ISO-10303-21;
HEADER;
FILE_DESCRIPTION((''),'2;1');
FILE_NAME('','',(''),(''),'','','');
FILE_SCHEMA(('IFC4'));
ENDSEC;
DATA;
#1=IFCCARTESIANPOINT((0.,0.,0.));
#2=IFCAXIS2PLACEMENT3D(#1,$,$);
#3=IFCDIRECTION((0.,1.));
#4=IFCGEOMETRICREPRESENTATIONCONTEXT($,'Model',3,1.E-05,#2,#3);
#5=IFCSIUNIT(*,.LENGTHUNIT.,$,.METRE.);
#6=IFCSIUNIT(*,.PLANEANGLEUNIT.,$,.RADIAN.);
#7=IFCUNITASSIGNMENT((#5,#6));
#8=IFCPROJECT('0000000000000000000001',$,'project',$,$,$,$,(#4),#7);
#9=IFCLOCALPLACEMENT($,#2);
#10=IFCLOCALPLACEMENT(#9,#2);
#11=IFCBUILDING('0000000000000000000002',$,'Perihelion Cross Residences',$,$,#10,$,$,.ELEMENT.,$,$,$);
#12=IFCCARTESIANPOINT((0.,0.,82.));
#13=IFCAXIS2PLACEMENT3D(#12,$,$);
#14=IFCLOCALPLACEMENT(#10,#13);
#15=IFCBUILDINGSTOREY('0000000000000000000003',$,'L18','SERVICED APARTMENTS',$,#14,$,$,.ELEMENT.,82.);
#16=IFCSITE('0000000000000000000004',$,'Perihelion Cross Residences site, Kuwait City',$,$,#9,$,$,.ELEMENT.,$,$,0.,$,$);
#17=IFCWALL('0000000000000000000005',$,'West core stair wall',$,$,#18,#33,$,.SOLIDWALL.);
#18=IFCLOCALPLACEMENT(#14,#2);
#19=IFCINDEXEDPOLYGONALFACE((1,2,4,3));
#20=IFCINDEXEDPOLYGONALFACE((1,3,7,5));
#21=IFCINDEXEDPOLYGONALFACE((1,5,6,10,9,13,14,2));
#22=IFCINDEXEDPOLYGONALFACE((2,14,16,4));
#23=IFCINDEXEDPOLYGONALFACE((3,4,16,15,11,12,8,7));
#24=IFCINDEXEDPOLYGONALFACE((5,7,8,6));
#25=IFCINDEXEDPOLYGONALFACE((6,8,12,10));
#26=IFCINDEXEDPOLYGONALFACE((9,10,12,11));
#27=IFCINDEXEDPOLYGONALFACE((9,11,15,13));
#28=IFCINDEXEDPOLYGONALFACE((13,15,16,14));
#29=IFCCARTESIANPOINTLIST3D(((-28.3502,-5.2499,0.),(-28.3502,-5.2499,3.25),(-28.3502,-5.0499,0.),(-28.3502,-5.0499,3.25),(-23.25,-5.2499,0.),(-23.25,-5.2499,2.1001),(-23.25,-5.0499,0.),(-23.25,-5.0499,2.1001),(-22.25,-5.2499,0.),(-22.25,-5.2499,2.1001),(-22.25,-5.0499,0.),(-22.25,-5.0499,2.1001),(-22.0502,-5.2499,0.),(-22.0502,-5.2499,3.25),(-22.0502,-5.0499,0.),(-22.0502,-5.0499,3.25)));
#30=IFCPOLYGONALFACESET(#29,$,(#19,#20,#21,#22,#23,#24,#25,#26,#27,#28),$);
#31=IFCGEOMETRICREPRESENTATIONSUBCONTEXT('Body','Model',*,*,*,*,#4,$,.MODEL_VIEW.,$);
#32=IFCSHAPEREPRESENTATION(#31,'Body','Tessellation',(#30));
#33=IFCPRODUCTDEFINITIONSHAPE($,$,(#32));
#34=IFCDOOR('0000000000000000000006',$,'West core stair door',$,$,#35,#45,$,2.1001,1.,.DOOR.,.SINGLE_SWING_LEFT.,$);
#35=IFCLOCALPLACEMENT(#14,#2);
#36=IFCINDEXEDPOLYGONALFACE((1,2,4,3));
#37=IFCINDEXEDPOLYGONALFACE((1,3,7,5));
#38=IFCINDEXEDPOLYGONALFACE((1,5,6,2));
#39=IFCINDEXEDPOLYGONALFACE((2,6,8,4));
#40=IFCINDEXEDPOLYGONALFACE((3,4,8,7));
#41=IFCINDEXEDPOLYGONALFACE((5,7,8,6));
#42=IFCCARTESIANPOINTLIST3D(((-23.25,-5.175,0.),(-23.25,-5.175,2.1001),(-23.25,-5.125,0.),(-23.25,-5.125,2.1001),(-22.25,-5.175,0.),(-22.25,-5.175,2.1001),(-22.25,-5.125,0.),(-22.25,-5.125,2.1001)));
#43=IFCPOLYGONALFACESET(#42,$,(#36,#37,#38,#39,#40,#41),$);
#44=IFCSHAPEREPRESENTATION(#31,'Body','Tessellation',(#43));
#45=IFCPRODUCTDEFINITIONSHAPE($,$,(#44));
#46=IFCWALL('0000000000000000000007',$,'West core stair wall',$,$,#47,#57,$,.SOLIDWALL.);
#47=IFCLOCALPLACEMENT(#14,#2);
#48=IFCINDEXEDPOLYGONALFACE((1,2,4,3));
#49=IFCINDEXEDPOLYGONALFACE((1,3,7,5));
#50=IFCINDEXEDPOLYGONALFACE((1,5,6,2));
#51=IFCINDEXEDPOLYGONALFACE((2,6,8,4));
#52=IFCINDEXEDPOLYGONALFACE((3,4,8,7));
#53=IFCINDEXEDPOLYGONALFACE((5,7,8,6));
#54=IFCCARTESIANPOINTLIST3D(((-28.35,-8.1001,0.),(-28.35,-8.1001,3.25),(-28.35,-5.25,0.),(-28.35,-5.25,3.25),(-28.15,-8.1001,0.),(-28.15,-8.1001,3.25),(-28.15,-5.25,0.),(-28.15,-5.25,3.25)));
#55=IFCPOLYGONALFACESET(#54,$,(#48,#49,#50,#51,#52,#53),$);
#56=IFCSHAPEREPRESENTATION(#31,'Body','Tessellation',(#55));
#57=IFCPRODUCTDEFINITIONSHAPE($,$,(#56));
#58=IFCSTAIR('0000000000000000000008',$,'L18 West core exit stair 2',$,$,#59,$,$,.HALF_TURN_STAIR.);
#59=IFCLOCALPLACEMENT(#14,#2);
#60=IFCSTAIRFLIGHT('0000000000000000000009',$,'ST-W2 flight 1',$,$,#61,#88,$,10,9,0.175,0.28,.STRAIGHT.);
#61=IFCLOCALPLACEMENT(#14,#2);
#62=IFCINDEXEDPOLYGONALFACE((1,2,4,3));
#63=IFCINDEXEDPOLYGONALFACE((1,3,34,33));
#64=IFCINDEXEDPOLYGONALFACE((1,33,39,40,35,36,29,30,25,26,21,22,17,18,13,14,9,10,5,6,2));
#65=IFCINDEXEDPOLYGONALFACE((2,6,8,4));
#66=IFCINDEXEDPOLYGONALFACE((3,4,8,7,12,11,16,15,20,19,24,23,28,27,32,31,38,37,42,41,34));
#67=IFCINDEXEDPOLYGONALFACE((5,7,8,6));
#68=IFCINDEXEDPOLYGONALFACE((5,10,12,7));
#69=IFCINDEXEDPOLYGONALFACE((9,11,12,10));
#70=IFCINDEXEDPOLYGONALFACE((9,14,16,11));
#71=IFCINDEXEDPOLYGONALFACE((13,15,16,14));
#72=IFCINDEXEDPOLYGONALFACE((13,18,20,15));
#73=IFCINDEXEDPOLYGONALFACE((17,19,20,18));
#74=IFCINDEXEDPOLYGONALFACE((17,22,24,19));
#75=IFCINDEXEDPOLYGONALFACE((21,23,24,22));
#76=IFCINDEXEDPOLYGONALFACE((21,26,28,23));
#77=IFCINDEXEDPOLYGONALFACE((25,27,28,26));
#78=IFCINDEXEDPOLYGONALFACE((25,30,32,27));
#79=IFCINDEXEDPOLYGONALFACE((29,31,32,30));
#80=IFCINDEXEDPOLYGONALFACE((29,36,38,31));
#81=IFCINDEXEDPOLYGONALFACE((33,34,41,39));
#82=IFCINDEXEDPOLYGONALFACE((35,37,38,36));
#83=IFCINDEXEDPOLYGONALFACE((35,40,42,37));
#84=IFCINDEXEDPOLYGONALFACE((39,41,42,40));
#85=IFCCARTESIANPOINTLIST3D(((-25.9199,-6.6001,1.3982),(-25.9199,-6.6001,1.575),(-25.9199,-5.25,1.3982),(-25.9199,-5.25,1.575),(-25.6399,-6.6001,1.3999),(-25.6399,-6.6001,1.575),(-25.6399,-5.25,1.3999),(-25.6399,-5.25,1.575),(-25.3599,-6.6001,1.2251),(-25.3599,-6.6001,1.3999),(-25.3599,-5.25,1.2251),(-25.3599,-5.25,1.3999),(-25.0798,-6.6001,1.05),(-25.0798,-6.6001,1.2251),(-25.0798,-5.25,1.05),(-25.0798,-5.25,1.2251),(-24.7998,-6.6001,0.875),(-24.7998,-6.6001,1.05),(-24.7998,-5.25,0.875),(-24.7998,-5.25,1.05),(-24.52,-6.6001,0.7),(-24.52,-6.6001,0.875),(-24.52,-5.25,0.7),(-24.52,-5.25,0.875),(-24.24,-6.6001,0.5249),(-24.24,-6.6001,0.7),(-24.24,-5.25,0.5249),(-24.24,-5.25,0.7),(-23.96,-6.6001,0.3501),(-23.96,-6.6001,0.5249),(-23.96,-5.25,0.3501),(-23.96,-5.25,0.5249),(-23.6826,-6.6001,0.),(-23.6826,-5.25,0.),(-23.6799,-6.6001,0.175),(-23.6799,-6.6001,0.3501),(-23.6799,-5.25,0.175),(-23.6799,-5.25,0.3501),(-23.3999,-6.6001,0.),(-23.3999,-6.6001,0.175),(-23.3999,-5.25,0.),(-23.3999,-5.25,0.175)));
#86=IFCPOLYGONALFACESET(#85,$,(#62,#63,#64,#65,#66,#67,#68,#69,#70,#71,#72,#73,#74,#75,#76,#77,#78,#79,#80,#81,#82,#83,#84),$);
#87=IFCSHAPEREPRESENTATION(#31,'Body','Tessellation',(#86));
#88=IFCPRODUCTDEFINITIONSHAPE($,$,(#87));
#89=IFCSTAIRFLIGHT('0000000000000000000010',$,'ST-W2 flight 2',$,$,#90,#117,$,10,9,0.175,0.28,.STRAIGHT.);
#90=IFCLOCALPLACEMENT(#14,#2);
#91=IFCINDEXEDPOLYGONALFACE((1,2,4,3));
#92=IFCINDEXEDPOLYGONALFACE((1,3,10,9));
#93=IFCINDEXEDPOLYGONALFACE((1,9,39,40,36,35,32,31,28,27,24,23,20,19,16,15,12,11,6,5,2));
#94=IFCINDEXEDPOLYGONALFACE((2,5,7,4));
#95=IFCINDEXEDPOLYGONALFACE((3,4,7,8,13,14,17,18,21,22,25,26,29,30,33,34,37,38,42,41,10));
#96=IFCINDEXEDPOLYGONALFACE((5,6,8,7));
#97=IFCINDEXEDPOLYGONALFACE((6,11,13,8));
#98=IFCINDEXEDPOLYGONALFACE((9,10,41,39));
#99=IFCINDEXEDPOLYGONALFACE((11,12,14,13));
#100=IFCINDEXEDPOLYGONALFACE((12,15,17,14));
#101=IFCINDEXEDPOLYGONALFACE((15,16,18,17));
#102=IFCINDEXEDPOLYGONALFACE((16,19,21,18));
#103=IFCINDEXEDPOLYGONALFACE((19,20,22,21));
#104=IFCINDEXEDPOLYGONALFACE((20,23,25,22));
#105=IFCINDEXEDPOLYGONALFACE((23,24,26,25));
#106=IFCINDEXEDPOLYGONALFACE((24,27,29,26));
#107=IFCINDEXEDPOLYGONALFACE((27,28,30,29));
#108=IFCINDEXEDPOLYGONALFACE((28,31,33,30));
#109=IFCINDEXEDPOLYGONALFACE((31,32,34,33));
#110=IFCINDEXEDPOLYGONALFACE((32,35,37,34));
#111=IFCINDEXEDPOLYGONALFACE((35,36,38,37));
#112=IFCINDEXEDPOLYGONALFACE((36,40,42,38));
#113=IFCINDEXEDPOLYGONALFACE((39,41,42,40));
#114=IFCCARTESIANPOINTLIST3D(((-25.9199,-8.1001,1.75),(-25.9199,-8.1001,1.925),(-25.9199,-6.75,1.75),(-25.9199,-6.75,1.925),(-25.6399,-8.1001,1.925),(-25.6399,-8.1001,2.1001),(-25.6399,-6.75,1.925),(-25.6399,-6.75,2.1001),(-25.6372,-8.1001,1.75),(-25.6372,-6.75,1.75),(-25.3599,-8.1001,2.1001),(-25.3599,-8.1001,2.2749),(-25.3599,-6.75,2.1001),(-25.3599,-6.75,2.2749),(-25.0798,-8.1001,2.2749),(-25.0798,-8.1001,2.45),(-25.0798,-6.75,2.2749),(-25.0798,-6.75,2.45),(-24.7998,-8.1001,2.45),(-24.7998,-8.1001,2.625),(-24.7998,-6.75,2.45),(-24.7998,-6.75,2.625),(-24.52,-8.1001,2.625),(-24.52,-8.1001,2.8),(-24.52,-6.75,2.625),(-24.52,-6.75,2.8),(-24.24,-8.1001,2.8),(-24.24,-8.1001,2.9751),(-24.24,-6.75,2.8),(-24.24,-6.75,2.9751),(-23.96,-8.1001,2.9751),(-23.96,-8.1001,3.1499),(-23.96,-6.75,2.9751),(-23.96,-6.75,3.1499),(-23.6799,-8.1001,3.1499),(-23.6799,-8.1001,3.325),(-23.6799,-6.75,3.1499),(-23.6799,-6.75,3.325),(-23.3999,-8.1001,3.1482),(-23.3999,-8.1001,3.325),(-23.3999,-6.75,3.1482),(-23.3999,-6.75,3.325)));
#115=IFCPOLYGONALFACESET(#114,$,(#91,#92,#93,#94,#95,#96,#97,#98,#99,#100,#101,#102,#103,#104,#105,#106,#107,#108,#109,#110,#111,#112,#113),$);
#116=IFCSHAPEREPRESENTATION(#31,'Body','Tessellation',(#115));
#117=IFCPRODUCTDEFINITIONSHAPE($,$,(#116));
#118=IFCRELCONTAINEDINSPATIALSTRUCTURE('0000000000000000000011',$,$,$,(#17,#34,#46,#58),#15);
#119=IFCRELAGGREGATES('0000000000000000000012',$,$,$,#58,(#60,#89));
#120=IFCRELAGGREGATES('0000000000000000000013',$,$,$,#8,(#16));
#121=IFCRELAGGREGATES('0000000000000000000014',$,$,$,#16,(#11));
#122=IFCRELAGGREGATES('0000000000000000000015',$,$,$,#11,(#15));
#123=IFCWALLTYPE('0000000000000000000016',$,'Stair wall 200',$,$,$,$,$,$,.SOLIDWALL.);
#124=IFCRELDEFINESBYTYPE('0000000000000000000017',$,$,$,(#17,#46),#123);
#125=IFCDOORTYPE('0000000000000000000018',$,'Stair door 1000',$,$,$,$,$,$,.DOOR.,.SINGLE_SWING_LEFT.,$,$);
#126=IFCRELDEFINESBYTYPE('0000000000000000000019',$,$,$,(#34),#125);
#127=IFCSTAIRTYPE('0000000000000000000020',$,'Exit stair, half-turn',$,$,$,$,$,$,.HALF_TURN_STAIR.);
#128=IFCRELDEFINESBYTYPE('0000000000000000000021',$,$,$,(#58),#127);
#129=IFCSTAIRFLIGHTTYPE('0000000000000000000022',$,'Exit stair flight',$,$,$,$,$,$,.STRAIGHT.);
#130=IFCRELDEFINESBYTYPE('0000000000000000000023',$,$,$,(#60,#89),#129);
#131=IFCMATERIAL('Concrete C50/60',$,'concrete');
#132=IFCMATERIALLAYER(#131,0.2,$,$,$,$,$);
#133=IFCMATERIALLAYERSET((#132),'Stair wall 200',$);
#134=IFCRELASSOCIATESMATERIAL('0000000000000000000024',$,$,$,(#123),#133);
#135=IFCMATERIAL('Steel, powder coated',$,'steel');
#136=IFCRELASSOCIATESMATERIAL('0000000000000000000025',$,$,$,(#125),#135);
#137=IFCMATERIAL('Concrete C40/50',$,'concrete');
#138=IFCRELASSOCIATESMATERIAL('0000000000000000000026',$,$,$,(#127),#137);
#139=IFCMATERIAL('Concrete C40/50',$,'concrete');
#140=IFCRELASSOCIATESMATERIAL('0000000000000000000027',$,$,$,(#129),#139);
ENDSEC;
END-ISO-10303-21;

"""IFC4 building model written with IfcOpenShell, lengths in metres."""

from ifc_helpers import new_model, si_unit, direction, frame, frame_2d, origin, place, context, subcontext, project, spatial, polyline, rectangle, outline, extrude, material, layer, layer_set, type_object, element, fill, aggregate, save


model = new_model("IFC4")

# Units and contexts
model_context = context("Model", 3, precision=1e-05, world=origin(), true_north=direction((0.0, 1.0)))
body_context = subcontext(model_context, "Body", "Model", "MODEL_VIEW")
ifc_project = project(units=[si_unit("LENGTHUNIT", "METRE"), si_unit("PLANEANGLEUNIT", "RADIAN")], contexts=[model_context])

# Site, building, storey
site_placement = place(None, origin())
site = spatial("IfcSite", under=ifc_project, at=site_placement, Name="Perihelion Cross Residences site, Kuwait City", CompositionType="ELEMENT", RefElevation=0.0)
building_placement = place(site_placement, origin())
building = spatial("IfcBuilding", under=site, at=building_placement, Name="Perihelion Cross Residences", CompositionType="ELEMENT")
storey_placement = place(building_placement, frame((0.0, 0.0, 82.0)))
storey = spatial("IfcBuildingStorey", under=building, at=storey_placement, Name="L18", Description="SERVICED APARTMENTS", CompositionType="ELEMENT", Elevation=82.0)

# Wall, opening, door
ifc_material_1 = material(Name="Concrete C50/60", Category="concrete")
ifc_layer_1 = layer(ifc_material_1, 0.2)
ifc_layer_set_1 = layer_set([ifc_layer_1], Name="Stair wall 200")
wall_type_1 = type_object("IfcWallType", Name="Stair wall 200", PredefinedType="SOLIDWALL", material=ifc_layer_set_1)
wall_1_placement = place(storey_placement, frame((-28.3501, -5.1499, 0.0), z_axis=(0.0, 0.0, 1.0), x_axis=(1.0, 0.0, 0.0)))
wall_1 = element("IfcWall", 1, at=wall_1_placement, inside=storey, type_object=wall_type_1, Name="West core stair wall", PredefinedType="SOLIDWALL", context=body_context, shape_type="SweptSolid", body=[
    extrude(rectangle(XDim=6.3, YDim=0.2, at=frame_2d((3.1499, 0.0))), origin(), (0.0, 0.0, 1.0), 3.25),
])
opening_1_placement = place(wall_1_placement, frame((5.1001, 0.0, 0.0)))
opening_1 = element("IfcOpeningElement", 2, at=opening_1_placement, cuts=wall_1, PredefinedType="OPENING", context=body_context, shape_type="SweptSolid", body=[
    extrude(rectangle(XDim=1.0, YDim=2.1001, at=frame_2d((0.5, 1.05))), frame((0.0, 0.1099, 0.0), z_axis=(0.0, -1.0, 0.0), x_axis=(1.0, 0.0, 0.0)), (0.0, 0.0, 1.0), 0.22),
])
ifc_material_2 = material(Name="Steel, powder coated", Category="steel")
door_type_1 = type_object("IfcDoorType", Name="Stair door 1000", OperationType="SINGLE_SWING_LEFT", PredefinedType="DOOR", material=ifc_material_2)
door_1_placement = place(opening_1_placement, origin())
door_1 = element("IfcDoor", 3, at=door_1_placement, inside=storey, type_object=door_type_1, Name="West core stair door", OperationType="SINGLE_SWING_LEFT", OverallHeight=2.1001, OverallWidth=1.0, PredefinedType="DOOR", context=body_context, shape_type="SweptSolid", body=[
    extrude(rectangle(XDim=1.0, YDim=2.1001, at=frame_2d((0.5, 1.05))), frame((0.0, 0.0249, 0.0), z_axis=(0.0, -1.0, 0.0), x_axis=(1.0, 0.0, 0.0)), (0.0, 0.0, 1.0), 0.05),
])
fill(opening_1, door_1)

# Wall
wall_2_placement = place(storey_placement, frame((-28.25, -8.1001, 0.0), z_axis=(0.0, 0.0, 1.0), x_axis=(0.0, 1.0, 0.0)))
element("IfcWall", 4, at=wall_2_placement, inside=storey, type_object=wall_type_1, Name="West core stair wall", PredefinedType="SOLIDWALL", context=body_context, shape_type="SweptSolid", body=[
    extrude(rectangle(XDim=2.8501, YDim=0.2, at=frame_2d((1.425, 0.0))), origin(), (0.0, 0.0, 1.0), 3.25),
])

# Stair, stair flights
ifc_material_3 = material(Name="Concrete C40/50", Category="concrete")
stair_type = type_object("IfcStairType", Name="Exit stair, half-turn", PredefinedType="HALF_TURN_STAIR", material=ifc_material_3)
stair_placement = place(storey_placement, origin())
stair = element("IfcStair", 5, at=stair_placement, inside=storey, type_object=stair_type, Name="L18 West core exit stair 2", PredefinedType="HALF_TURN_STAIR")
ifc_material_4 = material(Name="Concrete C40/50", Category="concrete")
stair_flight_type = type_object("IfcStairFlightType", Name="Exit stair flight", PredefinedType="STRAIGHT", material=ifc_material_4)
stair_flight_1_placement = place(storey_placement, frame((-23.3999, -5.925, 0.0), z_axis=(0.0, 0.0, 1.0), x_axis=(-1.0, 0.0, 0.0)))
stair_flight_1 = element("IfcStairFlight", 6, at=stair_flight_1_placement, type_object=stair_flight_type, Name="ST-W2 flight 1", NumberOfRisers=10, NumberOfTreads=9, PredefinedType="STRAIGHT", RiserHeight=0.175, TreadLength=0.28, context=body_context, shape_type="SweptSolid", body=[
    extrude(outline(polyline([(0.0, 0.0), (0.0, 0.175), (0.28, 0.175), (0.28, 0.3501), (0.5601, 0.3501), (0.5601, 0.5249), (0.8401, 0.5249), (0.8401, 0.7), (1.1201, 0.7), (1.1201, 0.875), (1.3999, 0.875), (1.3999, 1.05), (1.6799, 1.05), (1.6799, 1.2251), (1.96, 1.2251), (1.96, 1.3999), (2.24, 1.3999), (2.24, 1.575), (2.52, 1.575), (2.52, 1.75), (2.52, 1.3982), (0.2827, 0.0), (0.0, 0.0)])), frame((0.0, 0.675, 0.0), z_axis=(0.0, -1.0, 0.0), x_axis=(1.0, 0.0, 0.0)), (0.0, 0.0, 1.0), 1.3501),
])
stair_flight_2_placement = place(storey_placement, frame((-25.9199, -7.425, 1.75), z_axis=(0.0, 0.0, 1.0), x_axis=(1.0, 0.0, 0.0)))
stair_flight_2 = element("IfcStairFlight", 7, at=stair_flight_2_placement, type_object=stair_flight_type, Name="ST-W2 flight 2", NumberOfRisers=10, NumberOfTreads=9, PredefinedType="STRAIGHT", RiserHeight=0.175, TreadLength=0.28, context=body_context, shape_type="SweptSolid", body=[
    extrude(outline(polyline([(0.0, 0.0), (0.0, 0.175), (0.28, 0.175), (0.28, 0.3501), (0.5601, 0.3501), (0.5601, 0.5249), (0.8401, 0.5249), (0.8401, 0.7), (1.1201, 0.7), (1.1201, 0.875), (1.3999, 0.875), (1.3999, 1.05), (1.6799, 1.05), (1.6799, 1.2251), (1.96, 1.2251), (1.96, 1.3999), (2.24, 1.3999), (2.24, 1.575), (2.52, 1.575), (2.52, 1.75), (2.52, 1.3982), (0.2827, 0.0), (0.0, 0.0)])), frame((0.0, 0.675, 0.0), z_axis=(0.0, -1.0, 0.0), x_axis=(1.0, 0.0, 0.0)), (0.0, 0.0, 1.0), 1.3501),
])
aggregate(stair, [stair_flight_1, stair_flight_2])

save(model, "model.ifc")
